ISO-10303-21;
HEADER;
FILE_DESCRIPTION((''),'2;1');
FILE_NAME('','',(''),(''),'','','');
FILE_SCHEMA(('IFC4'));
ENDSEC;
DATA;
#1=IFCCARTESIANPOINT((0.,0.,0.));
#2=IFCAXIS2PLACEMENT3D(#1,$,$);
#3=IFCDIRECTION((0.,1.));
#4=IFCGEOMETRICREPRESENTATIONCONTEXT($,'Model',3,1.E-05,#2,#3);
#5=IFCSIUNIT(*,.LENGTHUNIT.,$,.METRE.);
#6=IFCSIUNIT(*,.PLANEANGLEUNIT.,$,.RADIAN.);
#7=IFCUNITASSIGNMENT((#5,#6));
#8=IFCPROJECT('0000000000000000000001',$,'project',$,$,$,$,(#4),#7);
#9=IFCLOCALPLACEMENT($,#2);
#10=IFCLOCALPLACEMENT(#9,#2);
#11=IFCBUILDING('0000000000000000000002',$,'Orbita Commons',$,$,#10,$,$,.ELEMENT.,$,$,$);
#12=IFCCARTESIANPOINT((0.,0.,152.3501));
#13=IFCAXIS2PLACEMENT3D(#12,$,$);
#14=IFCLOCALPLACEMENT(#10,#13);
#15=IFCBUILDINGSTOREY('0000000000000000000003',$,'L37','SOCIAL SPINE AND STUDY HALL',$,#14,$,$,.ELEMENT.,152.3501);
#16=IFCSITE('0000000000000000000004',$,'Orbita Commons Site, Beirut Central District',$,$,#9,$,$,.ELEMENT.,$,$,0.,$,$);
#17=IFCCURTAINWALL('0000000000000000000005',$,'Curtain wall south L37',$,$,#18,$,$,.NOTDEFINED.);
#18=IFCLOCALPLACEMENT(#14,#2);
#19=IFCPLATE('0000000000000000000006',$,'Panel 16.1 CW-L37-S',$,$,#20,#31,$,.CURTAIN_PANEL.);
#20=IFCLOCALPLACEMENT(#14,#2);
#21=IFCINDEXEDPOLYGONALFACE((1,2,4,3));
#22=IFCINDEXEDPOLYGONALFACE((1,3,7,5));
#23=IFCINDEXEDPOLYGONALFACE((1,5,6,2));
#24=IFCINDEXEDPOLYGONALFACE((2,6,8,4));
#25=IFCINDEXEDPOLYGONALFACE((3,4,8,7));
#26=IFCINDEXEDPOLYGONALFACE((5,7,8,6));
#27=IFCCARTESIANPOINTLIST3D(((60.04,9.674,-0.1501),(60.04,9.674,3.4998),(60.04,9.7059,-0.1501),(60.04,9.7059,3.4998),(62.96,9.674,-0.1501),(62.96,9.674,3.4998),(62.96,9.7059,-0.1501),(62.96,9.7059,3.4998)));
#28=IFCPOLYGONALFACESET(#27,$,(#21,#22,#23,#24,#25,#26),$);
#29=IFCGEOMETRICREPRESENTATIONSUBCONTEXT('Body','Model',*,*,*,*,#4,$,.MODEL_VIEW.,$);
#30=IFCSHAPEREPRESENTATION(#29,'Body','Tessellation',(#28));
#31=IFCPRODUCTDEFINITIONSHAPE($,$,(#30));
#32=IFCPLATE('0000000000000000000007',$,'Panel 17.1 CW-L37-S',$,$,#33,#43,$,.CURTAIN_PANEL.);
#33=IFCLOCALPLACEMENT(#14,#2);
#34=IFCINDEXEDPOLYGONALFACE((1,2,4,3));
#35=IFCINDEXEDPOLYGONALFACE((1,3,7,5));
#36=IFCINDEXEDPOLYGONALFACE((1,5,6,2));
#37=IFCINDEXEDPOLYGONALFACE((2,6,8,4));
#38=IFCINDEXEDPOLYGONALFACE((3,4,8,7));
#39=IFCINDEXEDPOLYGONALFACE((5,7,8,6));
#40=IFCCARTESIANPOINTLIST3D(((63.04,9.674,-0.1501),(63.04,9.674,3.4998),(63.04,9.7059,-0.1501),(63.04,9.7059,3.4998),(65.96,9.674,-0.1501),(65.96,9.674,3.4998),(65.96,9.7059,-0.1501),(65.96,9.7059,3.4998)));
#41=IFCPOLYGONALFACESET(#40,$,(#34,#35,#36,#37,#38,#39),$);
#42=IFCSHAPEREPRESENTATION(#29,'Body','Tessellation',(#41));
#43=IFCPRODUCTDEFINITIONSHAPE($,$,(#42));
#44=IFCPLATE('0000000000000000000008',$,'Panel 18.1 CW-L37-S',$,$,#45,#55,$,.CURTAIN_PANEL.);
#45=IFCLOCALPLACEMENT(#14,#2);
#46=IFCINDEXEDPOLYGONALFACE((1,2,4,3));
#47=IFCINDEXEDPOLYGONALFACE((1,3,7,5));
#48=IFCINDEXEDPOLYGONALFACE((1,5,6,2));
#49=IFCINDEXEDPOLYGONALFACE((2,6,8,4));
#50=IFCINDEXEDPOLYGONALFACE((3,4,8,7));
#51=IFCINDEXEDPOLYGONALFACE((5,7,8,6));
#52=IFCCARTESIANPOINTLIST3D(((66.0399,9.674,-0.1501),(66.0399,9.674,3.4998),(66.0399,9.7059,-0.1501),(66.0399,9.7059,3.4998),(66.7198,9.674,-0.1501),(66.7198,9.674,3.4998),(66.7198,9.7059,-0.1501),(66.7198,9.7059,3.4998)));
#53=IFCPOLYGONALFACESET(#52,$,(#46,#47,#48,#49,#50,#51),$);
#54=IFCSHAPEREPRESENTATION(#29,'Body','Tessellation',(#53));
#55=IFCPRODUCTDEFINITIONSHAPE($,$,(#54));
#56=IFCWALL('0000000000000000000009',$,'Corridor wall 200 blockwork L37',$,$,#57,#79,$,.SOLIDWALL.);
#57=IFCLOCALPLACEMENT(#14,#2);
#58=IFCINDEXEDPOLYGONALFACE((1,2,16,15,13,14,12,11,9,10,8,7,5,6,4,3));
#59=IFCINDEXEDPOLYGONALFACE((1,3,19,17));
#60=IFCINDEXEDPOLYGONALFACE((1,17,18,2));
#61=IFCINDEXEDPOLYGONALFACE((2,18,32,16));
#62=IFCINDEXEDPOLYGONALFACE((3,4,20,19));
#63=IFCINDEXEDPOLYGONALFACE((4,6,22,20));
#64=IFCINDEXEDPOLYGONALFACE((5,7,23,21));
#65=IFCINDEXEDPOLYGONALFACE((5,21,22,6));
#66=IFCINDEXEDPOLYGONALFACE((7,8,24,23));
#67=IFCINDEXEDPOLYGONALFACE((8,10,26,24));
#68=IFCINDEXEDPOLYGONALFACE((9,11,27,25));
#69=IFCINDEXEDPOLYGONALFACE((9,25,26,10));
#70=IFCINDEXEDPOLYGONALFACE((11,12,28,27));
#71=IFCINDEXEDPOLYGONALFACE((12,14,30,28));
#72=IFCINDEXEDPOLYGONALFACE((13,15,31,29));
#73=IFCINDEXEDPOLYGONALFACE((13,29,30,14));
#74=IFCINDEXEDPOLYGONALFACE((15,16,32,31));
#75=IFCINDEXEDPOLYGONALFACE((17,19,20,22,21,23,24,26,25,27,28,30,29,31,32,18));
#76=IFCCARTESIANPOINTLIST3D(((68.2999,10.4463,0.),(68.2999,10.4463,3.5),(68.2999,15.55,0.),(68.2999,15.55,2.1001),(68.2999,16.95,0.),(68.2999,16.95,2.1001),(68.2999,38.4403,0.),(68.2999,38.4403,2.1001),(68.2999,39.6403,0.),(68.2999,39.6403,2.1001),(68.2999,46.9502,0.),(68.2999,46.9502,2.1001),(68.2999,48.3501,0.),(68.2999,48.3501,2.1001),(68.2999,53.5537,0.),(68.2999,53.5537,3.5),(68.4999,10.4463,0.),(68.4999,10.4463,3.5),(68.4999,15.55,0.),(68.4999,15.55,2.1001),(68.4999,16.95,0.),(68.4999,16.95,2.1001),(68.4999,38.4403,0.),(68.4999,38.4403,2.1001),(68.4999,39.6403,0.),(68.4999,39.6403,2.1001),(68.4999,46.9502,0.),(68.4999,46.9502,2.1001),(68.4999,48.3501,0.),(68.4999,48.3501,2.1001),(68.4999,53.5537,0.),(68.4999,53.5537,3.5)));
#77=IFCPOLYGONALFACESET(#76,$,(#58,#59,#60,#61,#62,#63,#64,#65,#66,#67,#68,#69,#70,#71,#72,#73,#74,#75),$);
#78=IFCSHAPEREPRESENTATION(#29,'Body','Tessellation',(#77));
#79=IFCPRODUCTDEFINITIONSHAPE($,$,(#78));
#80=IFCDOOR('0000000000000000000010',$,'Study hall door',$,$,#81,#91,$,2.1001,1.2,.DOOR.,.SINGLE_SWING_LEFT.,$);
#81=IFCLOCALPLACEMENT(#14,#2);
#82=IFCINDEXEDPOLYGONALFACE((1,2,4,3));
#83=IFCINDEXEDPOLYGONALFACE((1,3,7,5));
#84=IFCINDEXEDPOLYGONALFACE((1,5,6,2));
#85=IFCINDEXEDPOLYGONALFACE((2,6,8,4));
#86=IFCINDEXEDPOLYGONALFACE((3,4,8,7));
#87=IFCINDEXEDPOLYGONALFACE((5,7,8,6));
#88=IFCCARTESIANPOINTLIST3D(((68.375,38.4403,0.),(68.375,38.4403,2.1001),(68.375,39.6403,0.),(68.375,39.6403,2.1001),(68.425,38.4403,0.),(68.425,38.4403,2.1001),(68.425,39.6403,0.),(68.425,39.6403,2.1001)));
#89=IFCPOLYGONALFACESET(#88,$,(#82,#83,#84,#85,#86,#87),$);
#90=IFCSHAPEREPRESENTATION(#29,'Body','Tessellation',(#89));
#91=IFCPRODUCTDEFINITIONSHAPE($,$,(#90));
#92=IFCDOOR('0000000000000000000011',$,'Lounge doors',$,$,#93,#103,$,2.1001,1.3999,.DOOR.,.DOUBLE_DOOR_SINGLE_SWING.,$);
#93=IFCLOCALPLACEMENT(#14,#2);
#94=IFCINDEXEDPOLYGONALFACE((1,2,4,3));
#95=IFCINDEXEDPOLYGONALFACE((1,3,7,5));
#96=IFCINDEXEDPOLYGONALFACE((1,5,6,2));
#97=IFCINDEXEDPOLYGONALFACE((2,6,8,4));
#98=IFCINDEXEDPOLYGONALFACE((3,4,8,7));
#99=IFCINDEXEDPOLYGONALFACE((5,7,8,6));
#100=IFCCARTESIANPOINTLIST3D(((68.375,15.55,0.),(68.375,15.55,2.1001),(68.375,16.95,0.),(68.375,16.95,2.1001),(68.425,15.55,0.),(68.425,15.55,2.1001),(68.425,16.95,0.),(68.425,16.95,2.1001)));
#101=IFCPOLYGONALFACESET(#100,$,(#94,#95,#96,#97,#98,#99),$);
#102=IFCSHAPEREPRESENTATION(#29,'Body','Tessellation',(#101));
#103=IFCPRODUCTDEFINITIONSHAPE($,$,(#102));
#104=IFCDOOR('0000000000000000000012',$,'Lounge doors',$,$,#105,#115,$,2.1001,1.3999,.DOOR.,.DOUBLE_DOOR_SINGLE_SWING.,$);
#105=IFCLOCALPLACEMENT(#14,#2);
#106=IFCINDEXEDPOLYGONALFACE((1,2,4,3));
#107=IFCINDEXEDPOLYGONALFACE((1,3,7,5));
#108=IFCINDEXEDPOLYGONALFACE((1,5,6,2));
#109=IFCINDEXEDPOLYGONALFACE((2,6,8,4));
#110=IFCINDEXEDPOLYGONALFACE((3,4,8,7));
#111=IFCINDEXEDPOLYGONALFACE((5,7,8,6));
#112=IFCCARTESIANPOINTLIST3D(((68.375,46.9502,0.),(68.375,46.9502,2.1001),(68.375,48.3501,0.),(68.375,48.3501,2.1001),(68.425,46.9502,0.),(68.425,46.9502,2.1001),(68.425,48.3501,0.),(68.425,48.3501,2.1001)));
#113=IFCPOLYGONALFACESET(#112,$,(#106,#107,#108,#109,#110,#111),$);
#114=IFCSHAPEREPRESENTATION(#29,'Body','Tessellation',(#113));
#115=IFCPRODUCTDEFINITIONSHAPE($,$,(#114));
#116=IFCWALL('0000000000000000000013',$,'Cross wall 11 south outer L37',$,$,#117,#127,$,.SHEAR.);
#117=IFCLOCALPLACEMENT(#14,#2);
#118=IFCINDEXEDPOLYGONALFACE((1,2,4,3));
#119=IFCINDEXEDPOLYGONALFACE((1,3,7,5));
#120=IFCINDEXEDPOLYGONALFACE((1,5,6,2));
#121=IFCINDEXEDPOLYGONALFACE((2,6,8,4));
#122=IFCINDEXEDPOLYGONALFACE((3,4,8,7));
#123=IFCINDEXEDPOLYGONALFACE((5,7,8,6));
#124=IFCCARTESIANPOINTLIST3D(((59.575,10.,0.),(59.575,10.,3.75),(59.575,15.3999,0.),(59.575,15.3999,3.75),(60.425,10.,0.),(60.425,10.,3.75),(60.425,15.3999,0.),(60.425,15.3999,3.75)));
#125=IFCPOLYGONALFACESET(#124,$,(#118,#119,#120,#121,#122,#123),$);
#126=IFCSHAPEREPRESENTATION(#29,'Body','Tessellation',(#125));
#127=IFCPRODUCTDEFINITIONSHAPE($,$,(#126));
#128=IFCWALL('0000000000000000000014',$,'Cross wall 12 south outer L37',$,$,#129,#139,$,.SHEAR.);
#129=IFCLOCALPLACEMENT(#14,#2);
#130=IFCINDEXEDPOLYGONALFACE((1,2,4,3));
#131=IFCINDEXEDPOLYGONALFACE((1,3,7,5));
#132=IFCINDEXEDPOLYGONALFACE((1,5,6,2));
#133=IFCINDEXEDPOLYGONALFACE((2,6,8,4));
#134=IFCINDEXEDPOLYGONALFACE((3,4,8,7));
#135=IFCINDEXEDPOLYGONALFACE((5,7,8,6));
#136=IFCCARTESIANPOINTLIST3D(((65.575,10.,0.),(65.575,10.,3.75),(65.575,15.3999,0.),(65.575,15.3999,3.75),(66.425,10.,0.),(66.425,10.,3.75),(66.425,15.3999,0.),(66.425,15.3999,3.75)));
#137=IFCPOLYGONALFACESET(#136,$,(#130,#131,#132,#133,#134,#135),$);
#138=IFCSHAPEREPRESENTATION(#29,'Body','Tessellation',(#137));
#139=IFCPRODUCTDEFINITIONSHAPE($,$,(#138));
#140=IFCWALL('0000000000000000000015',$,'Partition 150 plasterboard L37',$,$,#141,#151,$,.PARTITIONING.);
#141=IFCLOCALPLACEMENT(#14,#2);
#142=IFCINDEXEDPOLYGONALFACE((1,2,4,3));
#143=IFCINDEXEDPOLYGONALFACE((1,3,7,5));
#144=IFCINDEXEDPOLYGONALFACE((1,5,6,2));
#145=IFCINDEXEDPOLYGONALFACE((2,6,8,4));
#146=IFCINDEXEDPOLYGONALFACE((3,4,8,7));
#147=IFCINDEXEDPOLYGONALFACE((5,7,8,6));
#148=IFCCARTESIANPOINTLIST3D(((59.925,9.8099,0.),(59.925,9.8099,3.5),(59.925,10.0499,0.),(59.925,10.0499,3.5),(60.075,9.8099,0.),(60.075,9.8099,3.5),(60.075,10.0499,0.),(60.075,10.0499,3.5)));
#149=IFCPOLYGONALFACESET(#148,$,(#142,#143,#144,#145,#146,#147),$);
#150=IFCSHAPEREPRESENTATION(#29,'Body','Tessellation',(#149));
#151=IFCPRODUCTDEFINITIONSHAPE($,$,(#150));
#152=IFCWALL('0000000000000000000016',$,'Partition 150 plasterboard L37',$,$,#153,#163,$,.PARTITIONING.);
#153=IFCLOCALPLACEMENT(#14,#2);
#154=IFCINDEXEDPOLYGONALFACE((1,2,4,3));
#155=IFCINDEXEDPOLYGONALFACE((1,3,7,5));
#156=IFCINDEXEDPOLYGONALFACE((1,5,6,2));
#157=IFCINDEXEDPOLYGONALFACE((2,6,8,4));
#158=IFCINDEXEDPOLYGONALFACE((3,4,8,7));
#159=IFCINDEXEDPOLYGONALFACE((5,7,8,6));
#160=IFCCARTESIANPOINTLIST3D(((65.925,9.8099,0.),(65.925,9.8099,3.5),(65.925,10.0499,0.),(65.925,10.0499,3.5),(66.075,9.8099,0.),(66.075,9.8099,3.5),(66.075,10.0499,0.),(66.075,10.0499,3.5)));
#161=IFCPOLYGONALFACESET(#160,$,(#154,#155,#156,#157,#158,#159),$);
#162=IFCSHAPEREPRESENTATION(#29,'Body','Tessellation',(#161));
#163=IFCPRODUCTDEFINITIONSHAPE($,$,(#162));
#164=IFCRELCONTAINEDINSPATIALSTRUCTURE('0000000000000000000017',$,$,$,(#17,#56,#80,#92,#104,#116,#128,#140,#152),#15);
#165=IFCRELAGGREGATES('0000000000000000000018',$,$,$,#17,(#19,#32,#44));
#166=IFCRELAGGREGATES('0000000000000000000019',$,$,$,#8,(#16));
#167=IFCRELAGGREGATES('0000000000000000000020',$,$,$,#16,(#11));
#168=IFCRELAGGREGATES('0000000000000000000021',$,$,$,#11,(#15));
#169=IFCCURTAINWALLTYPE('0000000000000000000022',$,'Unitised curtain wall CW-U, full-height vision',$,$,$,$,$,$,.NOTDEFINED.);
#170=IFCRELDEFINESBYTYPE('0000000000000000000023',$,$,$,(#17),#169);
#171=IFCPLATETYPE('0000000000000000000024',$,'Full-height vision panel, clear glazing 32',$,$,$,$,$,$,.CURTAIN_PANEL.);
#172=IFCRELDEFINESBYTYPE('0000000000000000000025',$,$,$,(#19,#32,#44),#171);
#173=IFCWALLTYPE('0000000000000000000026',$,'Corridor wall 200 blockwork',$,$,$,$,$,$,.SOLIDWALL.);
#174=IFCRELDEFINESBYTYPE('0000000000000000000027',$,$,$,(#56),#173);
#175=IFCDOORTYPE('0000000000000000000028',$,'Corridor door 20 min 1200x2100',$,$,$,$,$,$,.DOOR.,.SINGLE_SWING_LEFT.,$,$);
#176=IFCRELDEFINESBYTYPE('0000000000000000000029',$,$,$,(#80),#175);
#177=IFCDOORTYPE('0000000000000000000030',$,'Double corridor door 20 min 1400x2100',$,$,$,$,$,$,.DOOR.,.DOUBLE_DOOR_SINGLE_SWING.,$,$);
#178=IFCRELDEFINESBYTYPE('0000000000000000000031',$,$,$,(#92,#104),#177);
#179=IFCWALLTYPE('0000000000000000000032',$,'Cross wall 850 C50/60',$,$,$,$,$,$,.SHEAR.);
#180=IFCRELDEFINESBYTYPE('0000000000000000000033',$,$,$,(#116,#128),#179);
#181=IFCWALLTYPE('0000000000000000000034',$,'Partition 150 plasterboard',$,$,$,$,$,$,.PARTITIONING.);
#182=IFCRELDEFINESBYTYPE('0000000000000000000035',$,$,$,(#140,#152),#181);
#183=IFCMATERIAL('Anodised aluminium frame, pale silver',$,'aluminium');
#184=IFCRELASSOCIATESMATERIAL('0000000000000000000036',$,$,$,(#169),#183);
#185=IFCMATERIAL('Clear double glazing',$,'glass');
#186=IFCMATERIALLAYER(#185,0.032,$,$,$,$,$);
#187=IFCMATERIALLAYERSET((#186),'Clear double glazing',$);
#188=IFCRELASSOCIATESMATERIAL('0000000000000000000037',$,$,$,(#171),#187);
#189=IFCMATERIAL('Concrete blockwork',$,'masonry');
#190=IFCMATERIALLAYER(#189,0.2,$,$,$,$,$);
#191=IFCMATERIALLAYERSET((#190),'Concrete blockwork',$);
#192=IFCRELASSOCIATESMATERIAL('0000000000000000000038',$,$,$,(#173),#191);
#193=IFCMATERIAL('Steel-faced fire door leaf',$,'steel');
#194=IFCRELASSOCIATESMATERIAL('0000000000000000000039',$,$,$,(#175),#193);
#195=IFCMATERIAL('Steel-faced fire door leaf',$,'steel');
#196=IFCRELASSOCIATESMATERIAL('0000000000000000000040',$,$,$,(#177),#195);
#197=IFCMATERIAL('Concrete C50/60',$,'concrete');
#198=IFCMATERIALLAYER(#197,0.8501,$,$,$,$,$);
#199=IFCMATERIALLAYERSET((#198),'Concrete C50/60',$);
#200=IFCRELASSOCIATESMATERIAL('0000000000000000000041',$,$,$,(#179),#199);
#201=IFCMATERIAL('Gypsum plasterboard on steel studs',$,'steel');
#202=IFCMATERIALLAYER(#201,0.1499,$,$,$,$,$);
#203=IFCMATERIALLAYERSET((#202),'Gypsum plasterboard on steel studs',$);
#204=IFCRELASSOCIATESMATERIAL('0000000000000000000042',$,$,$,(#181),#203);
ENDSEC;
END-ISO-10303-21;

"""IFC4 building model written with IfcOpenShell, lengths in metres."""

from ifc_helpers import new_model, si_unit, direction, frame, frame_2d, origin, origin_2d, place, context, subcontext, project, spatial, rectangle, extrude, material, layer, layer_set, type_object, element, fill, aggregate, save


model = new_model("IFC4")

# Units and contexts
model_context = context("Model", 3, precision=1e-05, world=origin(), true_north=direction((0.0, 1.0)))
body_context = subcontext(model_context, "Body", "Model", "MODEL_VIEW")
ifc_project = project(units=[si_unit("LENGTHUNIT", "METRE"), si_unit("PLANEANGLEUNIT", "RADIAN")], contexts=[model_context])

# Site, building, storey
site_placement = place(None, origin())
site = spatial("IfcSite", under=ifc_project, at=site_placement, Name="Orbita Commons Site, Beirut Central District", CompositionType="ELEMENT", RefElevation=0.0)
building_placement = place(site_placement, origin())
building = spatial("IfcBuilding", under=site, at=building_placement, Name="Orbita Commons", CompositionType="ELEMENT")
storey_placement = place(building_placement, frame((0.0, 0.0, 152.3501)))
storey = spatial("IfcBuildingStorey", under=building, at=storey_placement, Name="L37", Description="SOCIAL SPINE AND STUDY HALL", CompositionType="ELEMENT", Elevation=152.3501)

# Curtain wall
ifc_material_1 = material(Name="Anodised aluminium frame, pale silver", Category="aluminium")
curtain_wall_type = type_object("IfcCurtainWallType", Name="Unitised curtain wall CW-U, full-height vision", PredefinedType="NOTDEFINED", material=ifc_material_1)
curtain_wall_placement = place(storey_placement, origin())
curtain_wall = element("IfcCurtainWall", 1, at=curtain_wall_placement, inside=storey, type_object=curtain_wall_type, Name="Curtain wall south L37", PredefinedType="NOTDEFINED")

# Plates
ifc_material_2 = material(Name="Clear double glazing", Category="glass")
ifc_layer_1 = layer(ifc_material_2, 0.032)
ifc_layer_set_1 = layer_set([ifc_layer_1], Name="Clear double glazing")
plate_type = type_object("IfcPlateType", Name="Full-height vision panel, clear glazing 32", PredefinedType="CURTAIN_PANEL", material=ifc_layer_set_1)
plate_1_placement = place(storey_placement, frame((61.5, 9.6899, -0.1501), z_axis=(0.0, 0.0, 1.0), x_axis=(1.0, 0.0, 0.0)))
plate_1 = element("IfcPlate", 2, at=plate_1_placement, type_object=plate_type, Name="Panel 16.1 CW-L37-S", PredefinedType="CURTAIN_PANEL", context=body_context, shape_type="SweptSolid", body=[
    extrude(rectangle(XDim=2.9199, YDim=0.032, at=origin_2d()), origin(), (0.0, 0.0, 1.0), 3.6499),
])
plate_2_placement = place(storey_placement, frame((64.5, 9.6899, -0.1501), z_axis=(0.0, 0.0, 1.0), x_axis=(1.0, 0.0, 0.0)))
plate_2 = element("IfcPlate", 3, at=plate_2_placement, type_object=plate_type, Name="Panel 17.1 CW-L37-S", PredefinedType="CURTAIN_PANEL", context=body_context, shape_type="SweptSolid", body=[
    extrude(rectangle(XDim=2.9199, YDim=0.032, at=origin_2d()), origin(), (0.0, 0.0, 1.0), 3.6499),
])
plate_3_placement = place(storey_placement, frame((66.3799, 9.6899, -0.1501), z_axis=(0.0, 0.0, 1.0), x_axis=(1.0, 0.0, 0.0)))
plate_3 = element("IfcPlate", 4, at=plate_3_placement, type_object=plate_type, Name="Panel 18.1 CW-L37-S", PredefinedType="CURTAIN_PANEL", context=body_context, shape_type="SweptSolid", body=[
    extrude(rectangle(XDim=0.6799, YDim=0.032, at=origin_2d()), origin(), (0.0, 0.0, 1.0), 3.6499),
])
aggregate(curtain_wall, [plate_1, plate_2, plate_3])

# Wall, openings, doors
ifc_material_3 = material(Name="Concrete blockwork", Category="masonry")
ifc_layer_2 = layer(ifc_material_3, 0.2)
ifc_layer_set_2 = layer_set([ifc_layer_2], Name="Concrete blockwork")
wall_type_1 = type_object("IfcWallType", Name="Corridor wall 200 blockwork", PredefinedType="SOLIDWALL", material=ifc_layer_set_2)
wall_1_placement = place(storey_placement, frame((68.3999, 10.4463, 0.0), z_axis=(0.0, 0.0, 1.0), x_axis=(0.0, 1.0, 0.0)))
wall_1 = element("IfcWall", 5, at=wall_1_placement, inside=storey, type_object=wall_type_1, Name="Corridor wall 200 blockwork L37", PredefinedType="SOLIDWALL", context=body_context, shape_type="SweptSolid", body=[
    extrude(rectangle(XDim=43.1074, YDim=0.2, at=frame_2d((21.5537, 0.0))), origin(), (0.0, 0.0, 1.0), 3.5),
])
opening_1_placement = place(wall_1_placement, frame((27.9939, 0.0, 0.0)))
opening_1 = element("IfcOpeningElement", 6, at=opening_1_placement, cuts=wall_1, PredefinedType="OPENING", context=body_context, shape_type="SweptSolid", body=[
    extrude(rectangle(XDim=1.2, YDim=2.1001, at=frame_2d((0.6001, 1.05))), frame((0.0, 0.1099, 0.0), z_axis=(0.0, -1.0, 0.0), x_axis=(1.0, 0.0, 0.0)), (0.0, 0.0, 1.0), 0.22),
])
opening_2_placement = place(wall_1_placement, frame((5.1038, 0.0, 0.0)))
opening_2 = element("IfcOpeningElement", 7, at=opening_2_placement, cuts=wall_1, PredefinedType="OPENING", context=body_context, shape_type="SweptSolid", body=[
    extrude(rectangle(XDim=1.3999, YDim=2.1001, at=frame_2d((0.7, 1.05))), frame((0.0, 0.1099, 0.0), z_axis=(0.0, -1.0, 0.0), x_axis=(1.0, 0.0, 0.0)), (0.0, 0.0, 1.0), 0.22),
])
opening_3_placement = place(wall_1_placement, frame((36.5039, 0.0, 0.0)))
opening_3 = element("IfcOpeningElement", 8, at=opening_3_placement, cuts=wall_1, PredefinedType="OPENING", context=body_context, shape_type="SweptSolid", body=[
    extrude(rectangle(XDim=1.3999, YDim=2.1001, at=frame_2d((0.7, 1.05))), frame((0.0, 0.1099, 0.0), z_axis=(0.0, -1.0, 0.0), x_axis=(1.0, 0.0, 0.0)), (0.0, 0.0, 1.0), 0.22),
])
ifc_material_4 = material(Name="Steel-faced fire door leaf", Category="steel")
door_type_1 = type_object("IfcDoorType", Name="Corridor door 20 min 1200x2100", OperationType="SINGLE_SWING_LEFT", PredefinedType="DOOR", material=ifc_material_4)
door_1_placement = place(opening_1_placement, origin())
door_1 = element("IfcDoor", 9, at=door_1_placement, inside=storey, type_object=door_type_1, Name="Study hall door", OperationType="SINGLE_SWING_LEFT", OverallHeight=2.1001, OverallWidth=1.2, PredefinedType="DOOR", context=body_context, shape_type="SweptSolid", body=[
    extrude(rectangle(XDim=1.2, YDim=2.1001, at=frame_2d((0.6001, 1.05))), frame((0.0, 0.0249, 0.0), z_axis=(0.0, -1.0, 0.0), x_axis=(1.0, 0.0, 0.0)), (0.0, 0.0, 1.0), 0.05),
])
fill(opening_1, door_1)
ifc_material_5 = material(Name="Steel-faced fire door leaf", Category="steel")
door_type_2 = type_object("IfcDoorType", Name="Double corridor door 20 min 1400x2100", OperationType="DOUBLE_DOOR_SINGLE_SWING", PredefinedType="DOOR", material=ifc_material_5)
door_2_placement = place(opening_2_placement, origin())
door_2 = element("IfcDoor", 10, at=door_2_placement, inside=storey, type_object=door_type_2, Name="Lounge doors", OperationType="DOUBLE_DOOR_SINGLE_SWING", OverallHeight=2.1001, OverallWidth=1.3999, PredefinedType="DOOR", context=body_context, shape_type="SweptSolid", body=[
    extrude(rectangle(XDim=1.3999, YDim=2.1001, at=frame_2d((0.7, 1.05))), frame((0.0, 0.0249, 0.0), z_axis=(0.0, -1.0, 0.0), x_axis=(1.0, 0.0, 0.0)), (0.0, 0.0, 1.0), 0.05),
])
fill(opening_2, door_2)
door_3_placement = place(opening_3_placement, origin())
door_3 = element("IfcDoor", 11, at=door_3_placement, inside=storey, type_object=door_type_2, Name="Lounge doors", OperationType="DOUBLE_DOOR_SINGLE_SWING", OverallHeight=2.1001, OverallWidth=1.3999, PredefinedType="DOOR", context=body_context, shape_type="SweptSolid", body=[
    extrude(rectangle(XDim=1.3999, YDim=2.1001, at=frame_2d((0.7, 1.05))), frame((0.0, 0.0249, 0.0), z_axis=(0.0, -1.0, 0.0), x_axis=(1.0, 0.0, 0.0)), (0.0, 0.0, 1.0), 0.05),
])
fill(opening_3, door_3)

# Walls
ifc_material_6 = material(Name="Concrete C50/60", Category="concrete")
ifc_layer_3 = layer(ifc_material_6, 0.8501)
ifc_layer_set_3 = layer_set([ifc_layer_3], Name="Concrete C50/60")
wall_type_2 = type_object("IfcWallType", Name="Cross wall 850 C50/60", PredefinedType="SHEAR", material=ifc_layer_set_3)
for number, where, z_axis, x_axis, name in (
    (12, (60.0, 10.0, 0.0), (0.0, 0.0, 1.0), (0.0, 1.0, 0.0), "Cross wall 11 south outer L37"),
    (13, (66.0, 10.0, 0.0), (0.0, 0.0, 1.0), (0.0, 1.0, 0.0), "Cross wall 12 south outer L37"),
):
    element("IfcWall", number, at=place(storey_placement, frame(where, z_axis=z_axis, x_axis=x_axis)), inside=storey, type_object=wall_type_2, Name=name, PredefinedType="SHEAR", context=body_context, shape_type="SweptSolid", body=[
        extrude(rectangle(XDim=5.3999, YDim=0.8501, at=frame_2d((2.7, 0.0))), origin(), (0.0, 0.0, 1.0), 3.75),
    ])
ifc_material_7 = material(Name="Gypsum plasterboard on steel studs", Category="steel")
ifc_layer_4 = layer(ifc_material_7, 0.1499)
ifc_layer_set_4 = layer_set([ifc_layer_4], Name="Gypsum plasterboard on steel studs")
wall_type_3 = type_object("IfcWallType", Name="Partition 150 plasterboard", PredefinedType="PARTITIONING", material=ifc_layer_set_4)
for number, where, z_axis, x_axis, name in (
    (14, (60.0, 10.05, 0.0), (0.0, 0.0, 1.0), (0.0, -1.0, 0.0), "Partition 150 plasterboard L37"),
    (15, (66.0, 10.05, 0.0), (0.0, 0.0, 1.0), (0.0, -1.0, 0.0), "Partition 150 plasterboard L37"),
):
    element("IfcWall", number, at=place(storey_placement, frame(where, z_axis=z_axis, x_axis=x_axis)), inside=storey, type_object=wall_type_3, Name=name, PredefinedType="PARTITIONING", context=body_context, shape_type="SweptSolid", body=[
        extrude(rectangle(XDim=0.24, YDim=0.1499, at=frame_2d((0.1201, 0.0))), origin(), (0.0, 0.0, 1.0), 3.5),
    ])

save(model, "model.ifc")
